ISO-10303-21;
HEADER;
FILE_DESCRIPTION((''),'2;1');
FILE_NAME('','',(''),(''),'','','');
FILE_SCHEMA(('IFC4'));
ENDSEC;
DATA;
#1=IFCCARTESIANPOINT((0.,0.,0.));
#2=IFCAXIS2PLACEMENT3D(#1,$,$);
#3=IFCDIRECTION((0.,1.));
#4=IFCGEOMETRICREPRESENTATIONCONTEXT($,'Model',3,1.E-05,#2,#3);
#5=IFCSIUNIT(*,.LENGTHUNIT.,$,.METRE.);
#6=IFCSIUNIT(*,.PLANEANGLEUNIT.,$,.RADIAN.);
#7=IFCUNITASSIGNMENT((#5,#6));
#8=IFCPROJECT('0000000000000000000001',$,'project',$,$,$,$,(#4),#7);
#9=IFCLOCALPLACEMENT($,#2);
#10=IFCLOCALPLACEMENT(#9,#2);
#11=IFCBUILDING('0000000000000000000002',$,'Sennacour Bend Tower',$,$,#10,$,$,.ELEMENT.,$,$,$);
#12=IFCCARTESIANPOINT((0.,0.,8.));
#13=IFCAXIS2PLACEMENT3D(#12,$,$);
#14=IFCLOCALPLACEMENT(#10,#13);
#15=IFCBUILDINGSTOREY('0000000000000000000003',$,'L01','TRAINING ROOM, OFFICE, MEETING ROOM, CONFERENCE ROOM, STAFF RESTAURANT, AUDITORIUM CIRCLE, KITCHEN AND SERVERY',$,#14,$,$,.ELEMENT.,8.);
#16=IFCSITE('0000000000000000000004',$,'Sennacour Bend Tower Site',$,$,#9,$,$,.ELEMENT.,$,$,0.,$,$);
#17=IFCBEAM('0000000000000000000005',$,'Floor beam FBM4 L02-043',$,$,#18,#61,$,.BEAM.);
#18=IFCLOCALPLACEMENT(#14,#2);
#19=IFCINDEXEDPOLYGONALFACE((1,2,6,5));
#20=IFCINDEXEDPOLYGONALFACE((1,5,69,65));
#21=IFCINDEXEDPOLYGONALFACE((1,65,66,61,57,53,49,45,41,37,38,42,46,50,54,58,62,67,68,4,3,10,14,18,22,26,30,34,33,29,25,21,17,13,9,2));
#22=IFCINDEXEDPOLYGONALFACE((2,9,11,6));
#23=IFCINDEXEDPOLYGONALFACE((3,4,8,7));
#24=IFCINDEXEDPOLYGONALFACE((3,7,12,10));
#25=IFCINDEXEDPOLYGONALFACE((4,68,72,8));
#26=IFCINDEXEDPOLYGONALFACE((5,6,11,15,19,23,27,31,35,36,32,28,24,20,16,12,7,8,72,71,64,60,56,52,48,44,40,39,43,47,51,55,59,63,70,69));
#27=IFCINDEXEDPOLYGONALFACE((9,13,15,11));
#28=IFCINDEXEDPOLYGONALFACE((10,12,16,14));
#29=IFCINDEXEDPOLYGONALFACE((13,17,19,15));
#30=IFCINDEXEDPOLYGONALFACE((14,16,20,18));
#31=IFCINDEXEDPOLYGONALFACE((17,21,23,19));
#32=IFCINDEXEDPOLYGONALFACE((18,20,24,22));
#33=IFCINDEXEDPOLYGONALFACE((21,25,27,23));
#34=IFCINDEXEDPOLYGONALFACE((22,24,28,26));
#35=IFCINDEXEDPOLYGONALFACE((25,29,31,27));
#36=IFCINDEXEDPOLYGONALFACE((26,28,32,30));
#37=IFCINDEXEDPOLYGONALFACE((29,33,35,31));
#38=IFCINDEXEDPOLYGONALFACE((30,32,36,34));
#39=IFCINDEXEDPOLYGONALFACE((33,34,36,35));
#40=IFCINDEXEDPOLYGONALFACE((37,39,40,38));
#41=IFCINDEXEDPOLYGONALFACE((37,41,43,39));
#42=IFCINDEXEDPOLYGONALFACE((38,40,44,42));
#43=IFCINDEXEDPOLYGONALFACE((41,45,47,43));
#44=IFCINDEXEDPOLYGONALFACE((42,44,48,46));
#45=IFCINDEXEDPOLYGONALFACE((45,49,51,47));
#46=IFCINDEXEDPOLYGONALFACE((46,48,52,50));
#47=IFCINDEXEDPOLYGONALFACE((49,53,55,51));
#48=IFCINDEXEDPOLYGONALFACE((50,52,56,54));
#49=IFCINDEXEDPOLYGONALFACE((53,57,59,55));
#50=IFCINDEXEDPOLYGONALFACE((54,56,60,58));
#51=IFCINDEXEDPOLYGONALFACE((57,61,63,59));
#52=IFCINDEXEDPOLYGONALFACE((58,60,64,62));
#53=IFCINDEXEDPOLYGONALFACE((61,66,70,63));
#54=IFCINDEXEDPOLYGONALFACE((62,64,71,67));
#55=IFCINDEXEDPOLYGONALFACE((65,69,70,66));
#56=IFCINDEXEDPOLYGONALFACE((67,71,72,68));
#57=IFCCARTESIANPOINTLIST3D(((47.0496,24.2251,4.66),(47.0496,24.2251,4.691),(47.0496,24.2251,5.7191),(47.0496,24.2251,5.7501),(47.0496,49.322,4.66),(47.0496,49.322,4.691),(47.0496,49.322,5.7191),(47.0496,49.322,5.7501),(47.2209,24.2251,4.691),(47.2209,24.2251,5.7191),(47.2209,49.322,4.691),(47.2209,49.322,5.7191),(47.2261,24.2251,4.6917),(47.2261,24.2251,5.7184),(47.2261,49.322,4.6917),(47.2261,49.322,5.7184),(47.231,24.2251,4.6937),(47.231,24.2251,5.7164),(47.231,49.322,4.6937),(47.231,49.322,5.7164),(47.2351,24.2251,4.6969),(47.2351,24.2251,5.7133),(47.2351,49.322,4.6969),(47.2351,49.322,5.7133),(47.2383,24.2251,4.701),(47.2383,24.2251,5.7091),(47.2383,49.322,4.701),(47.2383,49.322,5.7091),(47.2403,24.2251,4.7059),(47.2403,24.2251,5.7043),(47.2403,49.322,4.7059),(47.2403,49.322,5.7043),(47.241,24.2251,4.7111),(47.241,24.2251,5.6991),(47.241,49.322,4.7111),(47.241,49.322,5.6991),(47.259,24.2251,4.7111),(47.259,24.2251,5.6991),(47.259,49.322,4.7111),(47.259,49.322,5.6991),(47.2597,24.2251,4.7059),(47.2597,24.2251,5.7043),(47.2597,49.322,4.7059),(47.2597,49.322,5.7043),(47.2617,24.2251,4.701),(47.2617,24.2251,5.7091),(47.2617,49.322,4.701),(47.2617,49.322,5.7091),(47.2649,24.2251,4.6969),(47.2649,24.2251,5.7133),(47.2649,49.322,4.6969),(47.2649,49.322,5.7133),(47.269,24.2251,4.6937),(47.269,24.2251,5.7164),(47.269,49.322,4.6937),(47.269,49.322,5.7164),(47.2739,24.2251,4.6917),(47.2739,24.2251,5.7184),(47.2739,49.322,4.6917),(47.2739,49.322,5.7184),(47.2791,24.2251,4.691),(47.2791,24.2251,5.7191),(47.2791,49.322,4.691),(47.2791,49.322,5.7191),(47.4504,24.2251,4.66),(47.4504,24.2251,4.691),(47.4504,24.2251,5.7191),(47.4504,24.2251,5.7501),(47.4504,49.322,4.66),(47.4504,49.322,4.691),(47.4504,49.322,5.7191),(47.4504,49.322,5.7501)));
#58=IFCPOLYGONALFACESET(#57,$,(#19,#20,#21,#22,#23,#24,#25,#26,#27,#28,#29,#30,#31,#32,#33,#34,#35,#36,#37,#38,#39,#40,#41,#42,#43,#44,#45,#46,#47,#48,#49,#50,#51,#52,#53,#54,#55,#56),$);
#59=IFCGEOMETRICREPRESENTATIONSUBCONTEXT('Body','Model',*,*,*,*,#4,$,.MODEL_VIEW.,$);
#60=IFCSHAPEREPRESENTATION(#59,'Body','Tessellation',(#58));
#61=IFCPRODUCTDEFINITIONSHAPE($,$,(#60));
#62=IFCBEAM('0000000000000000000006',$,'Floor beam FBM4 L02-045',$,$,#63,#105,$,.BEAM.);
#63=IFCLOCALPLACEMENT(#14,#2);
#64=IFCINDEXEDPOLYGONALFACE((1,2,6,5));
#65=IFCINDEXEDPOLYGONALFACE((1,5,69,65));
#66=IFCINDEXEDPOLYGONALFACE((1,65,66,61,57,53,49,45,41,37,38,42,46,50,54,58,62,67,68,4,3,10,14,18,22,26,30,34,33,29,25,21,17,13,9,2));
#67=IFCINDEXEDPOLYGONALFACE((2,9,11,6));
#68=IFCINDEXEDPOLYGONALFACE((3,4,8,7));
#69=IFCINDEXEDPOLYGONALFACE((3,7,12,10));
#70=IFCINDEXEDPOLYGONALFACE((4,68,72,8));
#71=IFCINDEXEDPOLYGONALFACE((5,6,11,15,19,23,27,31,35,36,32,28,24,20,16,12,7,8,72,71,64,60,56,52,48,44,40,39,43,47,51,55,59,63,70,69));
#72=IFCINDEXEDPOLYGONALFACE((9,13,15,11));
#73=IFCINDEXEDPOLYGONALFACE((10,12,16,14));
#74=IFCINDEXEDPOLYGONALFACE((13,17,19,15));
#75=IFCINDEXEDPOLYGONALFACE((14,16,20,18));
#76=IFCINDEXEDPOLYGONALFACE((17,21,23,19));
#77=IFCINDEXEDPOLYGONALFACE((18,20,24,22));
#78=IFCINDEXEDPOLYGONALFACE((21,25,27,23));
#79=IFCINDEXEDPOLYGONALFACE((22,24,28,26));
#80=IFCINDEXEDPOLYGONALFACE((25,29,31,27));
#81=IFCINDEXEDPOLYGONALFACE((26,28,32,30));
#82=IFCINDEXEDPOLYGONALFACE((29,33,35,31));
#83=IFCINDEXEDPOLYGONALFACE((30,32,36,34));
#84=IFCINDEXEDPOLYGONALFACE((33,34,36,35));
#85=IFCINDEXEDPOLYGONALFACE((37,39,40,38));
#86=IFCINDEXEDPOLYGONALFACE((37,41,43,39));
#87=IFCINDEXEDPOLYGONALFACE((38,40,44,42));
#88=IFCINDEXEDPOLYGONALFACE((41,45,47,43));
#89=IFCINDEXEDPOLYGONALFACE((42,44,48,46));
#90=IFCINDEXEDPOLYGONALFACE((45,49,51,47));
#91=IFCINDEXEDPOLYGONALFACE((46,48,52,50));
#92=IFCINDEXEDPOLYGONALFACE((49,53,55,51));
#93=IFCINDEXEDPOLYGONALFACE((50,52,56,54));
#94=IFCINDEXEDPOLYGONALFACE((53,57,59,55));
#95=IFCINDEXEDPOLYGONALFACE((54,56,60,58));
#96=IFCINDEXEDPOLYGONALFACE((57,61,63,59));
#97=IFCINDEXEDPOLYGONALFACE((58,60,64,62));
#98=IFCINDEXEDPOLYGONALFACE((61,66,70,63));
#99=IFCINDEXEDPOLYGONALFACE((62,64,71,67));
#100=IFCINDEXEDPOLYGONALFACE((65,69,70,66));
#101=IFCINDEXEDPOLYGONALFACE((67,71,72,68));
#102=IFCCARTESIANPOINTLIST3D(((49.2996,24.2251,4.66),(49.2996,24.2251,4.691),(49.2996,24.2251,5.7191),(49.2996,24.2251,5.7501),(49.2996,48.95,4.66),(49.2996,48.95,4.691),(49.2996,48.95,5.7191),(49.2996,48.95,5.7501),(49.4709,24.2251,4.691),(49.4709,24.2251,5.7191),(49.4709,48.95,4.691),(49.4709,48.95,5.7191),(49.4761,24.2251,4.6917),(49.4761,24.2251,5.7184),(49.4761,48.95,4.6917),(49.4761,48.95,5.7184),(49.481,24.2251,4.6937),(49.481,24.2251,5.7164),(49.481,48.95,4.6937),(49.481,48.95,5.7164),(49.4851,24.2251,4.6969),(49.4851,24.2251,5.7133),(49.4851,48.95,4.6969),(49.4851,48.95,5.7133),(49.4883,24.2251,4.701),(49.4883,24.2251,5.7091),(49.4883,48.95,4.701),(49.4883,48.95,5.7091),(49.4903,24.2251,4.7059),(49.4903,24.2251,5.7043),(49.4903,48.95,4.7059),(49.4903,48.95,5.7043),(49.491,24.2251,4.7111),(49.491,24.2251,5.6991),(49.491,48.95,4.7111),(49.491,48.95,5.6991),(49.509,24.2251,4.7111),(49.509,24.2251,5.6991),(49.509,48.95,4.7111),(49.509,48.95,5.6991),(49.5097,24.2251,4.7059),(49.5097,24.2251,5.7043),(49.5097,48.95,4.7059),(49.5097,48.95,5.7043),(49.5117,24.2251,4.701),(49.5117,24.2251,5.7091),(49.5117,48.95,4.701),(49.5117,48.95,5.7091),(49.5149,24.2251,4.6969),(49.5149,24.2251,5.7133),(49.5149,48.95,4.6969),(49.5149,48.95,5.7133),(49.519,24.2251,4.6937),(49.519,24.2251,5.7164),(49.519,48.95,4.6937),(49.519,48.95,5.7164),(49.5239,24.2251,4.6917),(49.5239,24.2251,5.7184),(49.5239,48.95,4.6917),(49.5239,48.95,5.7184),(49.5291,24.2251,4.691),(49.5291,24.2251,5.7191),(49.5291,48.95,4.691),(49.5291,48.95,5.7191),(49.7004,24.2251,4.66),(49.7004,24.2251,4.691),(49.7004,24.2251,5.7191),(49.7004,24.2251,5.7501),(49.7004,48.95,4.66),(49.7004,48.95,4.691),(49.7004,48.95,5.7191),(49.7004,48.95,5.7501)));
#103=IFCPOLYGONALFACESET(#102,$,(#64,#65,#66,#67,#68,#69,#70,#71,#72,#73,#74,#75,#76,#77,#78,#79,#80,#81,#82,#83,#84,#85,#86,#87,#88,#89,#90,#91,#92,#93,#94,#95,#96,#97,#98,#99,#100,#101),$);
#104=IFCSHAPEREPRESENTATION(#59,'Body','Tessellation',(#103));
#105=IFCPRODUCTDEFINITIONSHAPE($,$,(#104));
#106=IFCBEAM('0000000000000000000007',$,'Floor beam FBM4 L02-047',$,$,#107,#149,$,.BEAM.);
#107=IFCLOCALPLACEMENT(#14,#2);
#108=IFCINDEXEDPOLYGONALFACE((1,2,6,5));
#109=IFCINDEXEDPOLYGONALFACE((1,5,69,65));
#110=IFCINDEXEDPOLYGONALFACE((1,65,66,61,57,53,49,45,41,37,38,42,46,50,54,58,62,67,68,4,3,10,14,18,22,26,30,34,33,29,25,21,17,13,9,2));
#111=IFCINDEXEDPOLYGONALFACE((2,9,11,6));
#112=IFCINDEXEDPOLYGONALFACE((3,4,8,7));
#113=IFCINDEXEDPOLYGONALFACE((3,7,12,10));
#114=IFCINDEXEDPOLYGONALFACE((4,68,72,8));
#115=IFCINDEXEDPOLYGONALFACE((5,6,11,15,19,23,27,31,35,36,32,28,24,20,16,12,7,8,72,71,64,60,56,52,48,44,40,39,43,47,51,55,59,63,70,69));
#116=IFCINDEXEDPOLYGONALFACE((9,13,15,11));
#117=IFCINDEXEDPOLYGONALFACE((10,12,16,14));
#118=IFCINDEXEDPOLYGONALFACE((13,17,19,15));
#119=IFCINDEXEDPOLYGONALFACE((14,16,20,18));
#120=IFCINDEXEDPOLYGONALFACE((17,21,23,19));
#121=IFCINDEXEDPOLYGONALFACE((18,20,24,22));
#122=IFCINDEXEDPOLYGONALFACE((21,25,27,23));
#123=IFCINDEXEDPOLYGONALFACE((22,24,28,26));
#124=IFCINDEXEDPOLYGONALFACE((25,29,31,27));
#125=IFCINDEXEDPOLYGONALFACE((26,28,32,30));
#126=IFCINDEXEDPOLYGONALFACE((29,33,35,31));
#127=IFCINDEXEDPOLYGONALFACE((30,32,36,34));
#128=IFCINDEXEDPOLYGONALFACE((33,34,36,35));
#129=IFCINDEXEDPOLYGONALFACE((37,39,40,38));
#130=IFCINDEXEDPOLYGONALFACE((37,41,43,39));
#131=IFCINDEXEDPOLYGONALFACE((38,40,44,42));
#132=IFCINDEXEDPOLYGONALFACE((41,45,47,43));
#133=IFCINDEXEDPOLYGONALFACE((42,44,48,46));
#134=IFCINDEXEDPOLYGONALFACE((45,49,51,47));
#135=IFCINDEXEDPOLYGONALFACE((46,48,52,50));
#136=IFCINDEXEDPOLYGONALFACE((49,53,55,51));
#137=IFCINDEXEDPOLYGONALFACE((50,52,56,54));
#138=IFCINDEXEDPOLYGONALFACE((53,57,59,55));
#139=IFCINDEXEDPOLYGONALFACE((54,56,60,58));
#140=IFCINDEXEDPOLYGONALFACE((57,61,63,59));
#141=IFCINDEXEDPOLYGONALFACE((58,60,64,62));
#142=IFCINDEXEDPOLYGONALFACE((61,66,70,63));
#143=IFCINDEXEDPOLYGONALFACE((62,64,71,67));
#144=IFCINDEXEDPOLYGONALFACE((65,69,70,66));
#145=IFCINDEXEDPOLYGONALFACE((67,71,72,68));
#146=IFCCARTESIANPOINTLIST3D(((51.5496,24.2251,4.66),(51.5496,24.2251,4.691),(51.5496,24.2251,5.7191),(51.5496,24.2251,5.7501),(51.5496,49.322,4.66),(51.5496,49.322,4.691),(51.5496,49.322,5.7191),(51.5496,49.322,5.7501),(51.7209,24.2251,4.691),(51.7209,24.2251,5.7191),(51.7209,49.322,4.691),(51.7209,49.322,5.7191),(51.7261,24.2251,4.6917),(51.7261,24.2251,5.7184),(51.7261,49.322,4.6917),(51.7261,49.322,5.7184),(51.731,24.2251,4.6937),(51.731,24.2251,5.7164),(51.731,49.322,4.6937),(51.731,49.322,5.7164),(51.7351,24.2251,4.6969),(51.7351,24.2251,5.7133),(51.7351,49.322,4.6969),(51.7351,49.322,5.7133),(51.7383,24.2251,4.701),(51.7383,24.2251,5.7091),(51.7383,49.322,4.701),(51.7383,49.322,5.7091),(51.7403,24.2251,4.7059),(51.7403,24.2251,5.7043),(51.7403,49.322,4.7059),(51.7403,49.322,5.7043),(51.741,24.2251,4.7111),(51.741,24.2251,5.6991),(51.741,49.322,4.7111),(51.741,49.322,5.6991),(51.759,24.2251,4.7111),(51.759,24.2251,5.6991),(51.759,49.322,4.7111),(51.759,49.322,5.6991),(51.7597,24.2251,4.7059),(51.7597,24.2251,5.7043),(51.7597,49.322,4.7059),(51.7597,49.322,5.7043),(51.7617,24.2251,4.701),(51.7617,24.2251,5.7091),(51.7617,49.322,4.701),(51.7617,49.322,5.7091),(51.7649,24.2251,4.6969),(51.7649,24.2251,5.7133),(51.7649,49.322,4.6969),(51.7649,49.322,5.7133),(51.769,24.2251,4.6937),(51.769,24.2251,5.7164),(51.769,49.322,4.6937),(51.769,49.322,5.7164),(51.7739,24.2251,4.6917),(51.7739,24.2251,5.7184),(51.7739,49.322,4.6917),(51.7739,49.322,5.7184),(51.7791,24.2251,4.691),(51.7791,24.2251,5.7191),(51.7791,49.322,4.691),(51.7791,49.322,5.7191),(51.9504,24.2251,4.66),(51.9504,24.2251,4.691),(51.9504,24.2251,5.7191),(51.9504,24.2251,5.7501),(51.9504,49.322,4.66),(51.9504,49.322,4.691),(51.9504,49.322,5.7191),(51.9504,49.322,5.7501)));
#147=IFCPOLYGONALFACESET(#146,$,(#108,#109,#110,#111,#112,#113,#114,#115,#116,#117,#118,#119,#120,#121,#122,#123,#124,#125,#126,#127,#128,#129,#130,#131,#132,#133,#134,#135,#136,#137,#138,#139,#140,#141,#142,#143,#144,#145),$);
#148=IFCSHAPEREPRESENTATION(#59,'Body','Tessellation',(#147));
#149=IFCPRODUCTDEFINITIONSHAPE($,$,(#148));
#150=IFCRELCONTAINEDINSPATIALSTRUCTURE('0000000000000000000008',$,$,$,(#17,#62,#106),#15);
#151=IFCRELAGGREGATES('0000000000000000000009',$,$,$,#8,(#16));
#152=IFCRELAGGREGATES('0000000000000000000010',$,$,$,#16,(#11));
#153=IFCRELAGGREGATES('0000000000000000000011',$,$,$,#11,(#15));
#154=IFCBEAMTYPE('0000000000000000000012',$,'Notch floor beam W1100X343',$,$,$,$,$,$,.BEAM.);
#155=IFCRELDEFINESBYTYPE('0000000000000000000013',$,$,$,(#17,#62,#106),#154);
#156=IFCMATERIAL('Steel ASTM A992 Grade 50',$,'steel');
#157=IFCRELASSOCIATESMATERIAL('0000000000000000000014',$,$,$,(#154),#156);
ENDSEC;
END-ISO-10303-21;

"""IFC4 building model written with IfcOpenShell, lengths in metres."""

from ifc_helpers import new_model, si_unit, direction, frame, origin, origin_2d, place, context, subcontext, project, spatial, i_section, extrude, material, material_profile, profile_set, type_object, element, save


model = new_model("IFC4")

# Units and contexts
model_context = context("Model", 3, precision=1e-05, world=origin(), true_north=direction((0.0, 1.0)))
body_context = subcontext(model_context, "Body", "Model", "MODEL_VIEW")
ifc_project = project(units=[si_unit("LENGTHUNIT", "METRE"), si_unit("PLANEANGLEUNIT", "RADIAN")], contexts=[model_context])

# Site, building, storey
site_placement = place(None, origin())
site = spatial("IfcSite", under=ifc_project, at=site_placement, Name="Sennacour Bend Tower Site", CompositionType="ELEMENT", RefElevation=0.0)
building_placement = place(site_placement, origin())
building = spatial("IfcBuilding", under=site, at=building_placement, Name="Sennacour Bend Tower", CompositionType="ELEMENT")
storey_placement = place(building_placement, frame((0.0, 0.0, 8.0)))
storey = spatial("IfcBuildingStorey", under=building, at=storey_placement, Name="L01", Description="TRAINING ROOM, OFFICE, MEETING ROOM, CONFERENCE ROOM, STAFF RESTAURANT, AUDITORIUM CIRCLE, KITCHEN AND SERVERY", CompositionType="ELEMENT", Elevation=8.0)

# Beams
ifc_material_1 = material(Name="Steel ASTM A992 Grade 50", Category="steel")
ifc_material_profile_1 = material_profile(ifc_material_1, i_section(OverallWidth=0.4009, OverallDepth=1.0901, WebThickness=0.0181, FlangeThickness=0.031, FilletRadius=0.02, at=origin_2d()), Name="Steel ASTM A992 Grade 50", Category="steel")
ifc_profile_set_1 = profile_set([ifc_material_profile_1], Name="Steel ASTM A992 Grade 50")
beam_type_1 = type_object("IfcBeamType", Name="Notch floor beam W1100X343", PredefinedType="BEAM", material=ifc_profile_set_1)
beam_1_placement = place(storey_placement, frame((47.25, 24.2251, 5.2051), z_axis=(0.0, 1.0, 0.0), x_axis=(-1.0, 0.0, 0.0)))
element("IfcBeam", 1, at=beam_1_placement, inside=storey, type_object=beam_type_1, Name="Floor beam FBM4 L02-043", PredefinedType="BEAM", context=body_context, shape_type="SweptSolid", body=[
    extrude(i_section(OverallWidth=0.4009, OverallDepth=1.0901, WebThickness=0.0181, FlangeThickness=0.031, FilletRadius=0.02, at=origin_2d()), origin(), (0.0, 0.0, 1.0), 25.0969),
])
beam_2_placement = place(storey_placement, frame((49.5, 24.2251, 5.2051), z_axis=(0.0, 1.0, 0.0), x_axis=(-1.0, 0.0, 0.0)))
element("IfcBeam", 2, at=beam_2_placement, inside=storey, type_object=beam_type_1, Name="Floor beam FBM4 L02-045", PredefinedType="BEAM", context=body_context, shape_type="SweptSolid", body=[
    extrude(i_section(OverallWidth=0.4009, OverallDepth=1.0901, WebThickness=0.0181, FlangeThickness=0.031, FilletRadius=0.02, at=origin_2d()), origin(), (0.0, 0.0, 1.0), 24.7249),
])
beam_3_placement = place(storey_placement, frame((51.75, 24.2251, 5.2051), z_axis=(0.0, 1.0, 0.0), x_axis=(-1.0, 0.0, 0.0)))
element("IfcBeam", 3, at=beam_3_placement, inside=storey, type_object=beam_type_1, Name="Floor beam FBM4 L02-047", PredefinedType="BEAM", context=body_context, shape_type="SweptSolid", body=[
    extrude(i_section(OverallWidth=0.4009, OverallDepth=1.0901, WebThickness=0.0181, FlangeThickness=0.031, FilletRadius=0.02, at=origin_2d()), origin(), (0.0, 0.0, 1.0), 25.0969),
])

save(model, "model.ifc")
